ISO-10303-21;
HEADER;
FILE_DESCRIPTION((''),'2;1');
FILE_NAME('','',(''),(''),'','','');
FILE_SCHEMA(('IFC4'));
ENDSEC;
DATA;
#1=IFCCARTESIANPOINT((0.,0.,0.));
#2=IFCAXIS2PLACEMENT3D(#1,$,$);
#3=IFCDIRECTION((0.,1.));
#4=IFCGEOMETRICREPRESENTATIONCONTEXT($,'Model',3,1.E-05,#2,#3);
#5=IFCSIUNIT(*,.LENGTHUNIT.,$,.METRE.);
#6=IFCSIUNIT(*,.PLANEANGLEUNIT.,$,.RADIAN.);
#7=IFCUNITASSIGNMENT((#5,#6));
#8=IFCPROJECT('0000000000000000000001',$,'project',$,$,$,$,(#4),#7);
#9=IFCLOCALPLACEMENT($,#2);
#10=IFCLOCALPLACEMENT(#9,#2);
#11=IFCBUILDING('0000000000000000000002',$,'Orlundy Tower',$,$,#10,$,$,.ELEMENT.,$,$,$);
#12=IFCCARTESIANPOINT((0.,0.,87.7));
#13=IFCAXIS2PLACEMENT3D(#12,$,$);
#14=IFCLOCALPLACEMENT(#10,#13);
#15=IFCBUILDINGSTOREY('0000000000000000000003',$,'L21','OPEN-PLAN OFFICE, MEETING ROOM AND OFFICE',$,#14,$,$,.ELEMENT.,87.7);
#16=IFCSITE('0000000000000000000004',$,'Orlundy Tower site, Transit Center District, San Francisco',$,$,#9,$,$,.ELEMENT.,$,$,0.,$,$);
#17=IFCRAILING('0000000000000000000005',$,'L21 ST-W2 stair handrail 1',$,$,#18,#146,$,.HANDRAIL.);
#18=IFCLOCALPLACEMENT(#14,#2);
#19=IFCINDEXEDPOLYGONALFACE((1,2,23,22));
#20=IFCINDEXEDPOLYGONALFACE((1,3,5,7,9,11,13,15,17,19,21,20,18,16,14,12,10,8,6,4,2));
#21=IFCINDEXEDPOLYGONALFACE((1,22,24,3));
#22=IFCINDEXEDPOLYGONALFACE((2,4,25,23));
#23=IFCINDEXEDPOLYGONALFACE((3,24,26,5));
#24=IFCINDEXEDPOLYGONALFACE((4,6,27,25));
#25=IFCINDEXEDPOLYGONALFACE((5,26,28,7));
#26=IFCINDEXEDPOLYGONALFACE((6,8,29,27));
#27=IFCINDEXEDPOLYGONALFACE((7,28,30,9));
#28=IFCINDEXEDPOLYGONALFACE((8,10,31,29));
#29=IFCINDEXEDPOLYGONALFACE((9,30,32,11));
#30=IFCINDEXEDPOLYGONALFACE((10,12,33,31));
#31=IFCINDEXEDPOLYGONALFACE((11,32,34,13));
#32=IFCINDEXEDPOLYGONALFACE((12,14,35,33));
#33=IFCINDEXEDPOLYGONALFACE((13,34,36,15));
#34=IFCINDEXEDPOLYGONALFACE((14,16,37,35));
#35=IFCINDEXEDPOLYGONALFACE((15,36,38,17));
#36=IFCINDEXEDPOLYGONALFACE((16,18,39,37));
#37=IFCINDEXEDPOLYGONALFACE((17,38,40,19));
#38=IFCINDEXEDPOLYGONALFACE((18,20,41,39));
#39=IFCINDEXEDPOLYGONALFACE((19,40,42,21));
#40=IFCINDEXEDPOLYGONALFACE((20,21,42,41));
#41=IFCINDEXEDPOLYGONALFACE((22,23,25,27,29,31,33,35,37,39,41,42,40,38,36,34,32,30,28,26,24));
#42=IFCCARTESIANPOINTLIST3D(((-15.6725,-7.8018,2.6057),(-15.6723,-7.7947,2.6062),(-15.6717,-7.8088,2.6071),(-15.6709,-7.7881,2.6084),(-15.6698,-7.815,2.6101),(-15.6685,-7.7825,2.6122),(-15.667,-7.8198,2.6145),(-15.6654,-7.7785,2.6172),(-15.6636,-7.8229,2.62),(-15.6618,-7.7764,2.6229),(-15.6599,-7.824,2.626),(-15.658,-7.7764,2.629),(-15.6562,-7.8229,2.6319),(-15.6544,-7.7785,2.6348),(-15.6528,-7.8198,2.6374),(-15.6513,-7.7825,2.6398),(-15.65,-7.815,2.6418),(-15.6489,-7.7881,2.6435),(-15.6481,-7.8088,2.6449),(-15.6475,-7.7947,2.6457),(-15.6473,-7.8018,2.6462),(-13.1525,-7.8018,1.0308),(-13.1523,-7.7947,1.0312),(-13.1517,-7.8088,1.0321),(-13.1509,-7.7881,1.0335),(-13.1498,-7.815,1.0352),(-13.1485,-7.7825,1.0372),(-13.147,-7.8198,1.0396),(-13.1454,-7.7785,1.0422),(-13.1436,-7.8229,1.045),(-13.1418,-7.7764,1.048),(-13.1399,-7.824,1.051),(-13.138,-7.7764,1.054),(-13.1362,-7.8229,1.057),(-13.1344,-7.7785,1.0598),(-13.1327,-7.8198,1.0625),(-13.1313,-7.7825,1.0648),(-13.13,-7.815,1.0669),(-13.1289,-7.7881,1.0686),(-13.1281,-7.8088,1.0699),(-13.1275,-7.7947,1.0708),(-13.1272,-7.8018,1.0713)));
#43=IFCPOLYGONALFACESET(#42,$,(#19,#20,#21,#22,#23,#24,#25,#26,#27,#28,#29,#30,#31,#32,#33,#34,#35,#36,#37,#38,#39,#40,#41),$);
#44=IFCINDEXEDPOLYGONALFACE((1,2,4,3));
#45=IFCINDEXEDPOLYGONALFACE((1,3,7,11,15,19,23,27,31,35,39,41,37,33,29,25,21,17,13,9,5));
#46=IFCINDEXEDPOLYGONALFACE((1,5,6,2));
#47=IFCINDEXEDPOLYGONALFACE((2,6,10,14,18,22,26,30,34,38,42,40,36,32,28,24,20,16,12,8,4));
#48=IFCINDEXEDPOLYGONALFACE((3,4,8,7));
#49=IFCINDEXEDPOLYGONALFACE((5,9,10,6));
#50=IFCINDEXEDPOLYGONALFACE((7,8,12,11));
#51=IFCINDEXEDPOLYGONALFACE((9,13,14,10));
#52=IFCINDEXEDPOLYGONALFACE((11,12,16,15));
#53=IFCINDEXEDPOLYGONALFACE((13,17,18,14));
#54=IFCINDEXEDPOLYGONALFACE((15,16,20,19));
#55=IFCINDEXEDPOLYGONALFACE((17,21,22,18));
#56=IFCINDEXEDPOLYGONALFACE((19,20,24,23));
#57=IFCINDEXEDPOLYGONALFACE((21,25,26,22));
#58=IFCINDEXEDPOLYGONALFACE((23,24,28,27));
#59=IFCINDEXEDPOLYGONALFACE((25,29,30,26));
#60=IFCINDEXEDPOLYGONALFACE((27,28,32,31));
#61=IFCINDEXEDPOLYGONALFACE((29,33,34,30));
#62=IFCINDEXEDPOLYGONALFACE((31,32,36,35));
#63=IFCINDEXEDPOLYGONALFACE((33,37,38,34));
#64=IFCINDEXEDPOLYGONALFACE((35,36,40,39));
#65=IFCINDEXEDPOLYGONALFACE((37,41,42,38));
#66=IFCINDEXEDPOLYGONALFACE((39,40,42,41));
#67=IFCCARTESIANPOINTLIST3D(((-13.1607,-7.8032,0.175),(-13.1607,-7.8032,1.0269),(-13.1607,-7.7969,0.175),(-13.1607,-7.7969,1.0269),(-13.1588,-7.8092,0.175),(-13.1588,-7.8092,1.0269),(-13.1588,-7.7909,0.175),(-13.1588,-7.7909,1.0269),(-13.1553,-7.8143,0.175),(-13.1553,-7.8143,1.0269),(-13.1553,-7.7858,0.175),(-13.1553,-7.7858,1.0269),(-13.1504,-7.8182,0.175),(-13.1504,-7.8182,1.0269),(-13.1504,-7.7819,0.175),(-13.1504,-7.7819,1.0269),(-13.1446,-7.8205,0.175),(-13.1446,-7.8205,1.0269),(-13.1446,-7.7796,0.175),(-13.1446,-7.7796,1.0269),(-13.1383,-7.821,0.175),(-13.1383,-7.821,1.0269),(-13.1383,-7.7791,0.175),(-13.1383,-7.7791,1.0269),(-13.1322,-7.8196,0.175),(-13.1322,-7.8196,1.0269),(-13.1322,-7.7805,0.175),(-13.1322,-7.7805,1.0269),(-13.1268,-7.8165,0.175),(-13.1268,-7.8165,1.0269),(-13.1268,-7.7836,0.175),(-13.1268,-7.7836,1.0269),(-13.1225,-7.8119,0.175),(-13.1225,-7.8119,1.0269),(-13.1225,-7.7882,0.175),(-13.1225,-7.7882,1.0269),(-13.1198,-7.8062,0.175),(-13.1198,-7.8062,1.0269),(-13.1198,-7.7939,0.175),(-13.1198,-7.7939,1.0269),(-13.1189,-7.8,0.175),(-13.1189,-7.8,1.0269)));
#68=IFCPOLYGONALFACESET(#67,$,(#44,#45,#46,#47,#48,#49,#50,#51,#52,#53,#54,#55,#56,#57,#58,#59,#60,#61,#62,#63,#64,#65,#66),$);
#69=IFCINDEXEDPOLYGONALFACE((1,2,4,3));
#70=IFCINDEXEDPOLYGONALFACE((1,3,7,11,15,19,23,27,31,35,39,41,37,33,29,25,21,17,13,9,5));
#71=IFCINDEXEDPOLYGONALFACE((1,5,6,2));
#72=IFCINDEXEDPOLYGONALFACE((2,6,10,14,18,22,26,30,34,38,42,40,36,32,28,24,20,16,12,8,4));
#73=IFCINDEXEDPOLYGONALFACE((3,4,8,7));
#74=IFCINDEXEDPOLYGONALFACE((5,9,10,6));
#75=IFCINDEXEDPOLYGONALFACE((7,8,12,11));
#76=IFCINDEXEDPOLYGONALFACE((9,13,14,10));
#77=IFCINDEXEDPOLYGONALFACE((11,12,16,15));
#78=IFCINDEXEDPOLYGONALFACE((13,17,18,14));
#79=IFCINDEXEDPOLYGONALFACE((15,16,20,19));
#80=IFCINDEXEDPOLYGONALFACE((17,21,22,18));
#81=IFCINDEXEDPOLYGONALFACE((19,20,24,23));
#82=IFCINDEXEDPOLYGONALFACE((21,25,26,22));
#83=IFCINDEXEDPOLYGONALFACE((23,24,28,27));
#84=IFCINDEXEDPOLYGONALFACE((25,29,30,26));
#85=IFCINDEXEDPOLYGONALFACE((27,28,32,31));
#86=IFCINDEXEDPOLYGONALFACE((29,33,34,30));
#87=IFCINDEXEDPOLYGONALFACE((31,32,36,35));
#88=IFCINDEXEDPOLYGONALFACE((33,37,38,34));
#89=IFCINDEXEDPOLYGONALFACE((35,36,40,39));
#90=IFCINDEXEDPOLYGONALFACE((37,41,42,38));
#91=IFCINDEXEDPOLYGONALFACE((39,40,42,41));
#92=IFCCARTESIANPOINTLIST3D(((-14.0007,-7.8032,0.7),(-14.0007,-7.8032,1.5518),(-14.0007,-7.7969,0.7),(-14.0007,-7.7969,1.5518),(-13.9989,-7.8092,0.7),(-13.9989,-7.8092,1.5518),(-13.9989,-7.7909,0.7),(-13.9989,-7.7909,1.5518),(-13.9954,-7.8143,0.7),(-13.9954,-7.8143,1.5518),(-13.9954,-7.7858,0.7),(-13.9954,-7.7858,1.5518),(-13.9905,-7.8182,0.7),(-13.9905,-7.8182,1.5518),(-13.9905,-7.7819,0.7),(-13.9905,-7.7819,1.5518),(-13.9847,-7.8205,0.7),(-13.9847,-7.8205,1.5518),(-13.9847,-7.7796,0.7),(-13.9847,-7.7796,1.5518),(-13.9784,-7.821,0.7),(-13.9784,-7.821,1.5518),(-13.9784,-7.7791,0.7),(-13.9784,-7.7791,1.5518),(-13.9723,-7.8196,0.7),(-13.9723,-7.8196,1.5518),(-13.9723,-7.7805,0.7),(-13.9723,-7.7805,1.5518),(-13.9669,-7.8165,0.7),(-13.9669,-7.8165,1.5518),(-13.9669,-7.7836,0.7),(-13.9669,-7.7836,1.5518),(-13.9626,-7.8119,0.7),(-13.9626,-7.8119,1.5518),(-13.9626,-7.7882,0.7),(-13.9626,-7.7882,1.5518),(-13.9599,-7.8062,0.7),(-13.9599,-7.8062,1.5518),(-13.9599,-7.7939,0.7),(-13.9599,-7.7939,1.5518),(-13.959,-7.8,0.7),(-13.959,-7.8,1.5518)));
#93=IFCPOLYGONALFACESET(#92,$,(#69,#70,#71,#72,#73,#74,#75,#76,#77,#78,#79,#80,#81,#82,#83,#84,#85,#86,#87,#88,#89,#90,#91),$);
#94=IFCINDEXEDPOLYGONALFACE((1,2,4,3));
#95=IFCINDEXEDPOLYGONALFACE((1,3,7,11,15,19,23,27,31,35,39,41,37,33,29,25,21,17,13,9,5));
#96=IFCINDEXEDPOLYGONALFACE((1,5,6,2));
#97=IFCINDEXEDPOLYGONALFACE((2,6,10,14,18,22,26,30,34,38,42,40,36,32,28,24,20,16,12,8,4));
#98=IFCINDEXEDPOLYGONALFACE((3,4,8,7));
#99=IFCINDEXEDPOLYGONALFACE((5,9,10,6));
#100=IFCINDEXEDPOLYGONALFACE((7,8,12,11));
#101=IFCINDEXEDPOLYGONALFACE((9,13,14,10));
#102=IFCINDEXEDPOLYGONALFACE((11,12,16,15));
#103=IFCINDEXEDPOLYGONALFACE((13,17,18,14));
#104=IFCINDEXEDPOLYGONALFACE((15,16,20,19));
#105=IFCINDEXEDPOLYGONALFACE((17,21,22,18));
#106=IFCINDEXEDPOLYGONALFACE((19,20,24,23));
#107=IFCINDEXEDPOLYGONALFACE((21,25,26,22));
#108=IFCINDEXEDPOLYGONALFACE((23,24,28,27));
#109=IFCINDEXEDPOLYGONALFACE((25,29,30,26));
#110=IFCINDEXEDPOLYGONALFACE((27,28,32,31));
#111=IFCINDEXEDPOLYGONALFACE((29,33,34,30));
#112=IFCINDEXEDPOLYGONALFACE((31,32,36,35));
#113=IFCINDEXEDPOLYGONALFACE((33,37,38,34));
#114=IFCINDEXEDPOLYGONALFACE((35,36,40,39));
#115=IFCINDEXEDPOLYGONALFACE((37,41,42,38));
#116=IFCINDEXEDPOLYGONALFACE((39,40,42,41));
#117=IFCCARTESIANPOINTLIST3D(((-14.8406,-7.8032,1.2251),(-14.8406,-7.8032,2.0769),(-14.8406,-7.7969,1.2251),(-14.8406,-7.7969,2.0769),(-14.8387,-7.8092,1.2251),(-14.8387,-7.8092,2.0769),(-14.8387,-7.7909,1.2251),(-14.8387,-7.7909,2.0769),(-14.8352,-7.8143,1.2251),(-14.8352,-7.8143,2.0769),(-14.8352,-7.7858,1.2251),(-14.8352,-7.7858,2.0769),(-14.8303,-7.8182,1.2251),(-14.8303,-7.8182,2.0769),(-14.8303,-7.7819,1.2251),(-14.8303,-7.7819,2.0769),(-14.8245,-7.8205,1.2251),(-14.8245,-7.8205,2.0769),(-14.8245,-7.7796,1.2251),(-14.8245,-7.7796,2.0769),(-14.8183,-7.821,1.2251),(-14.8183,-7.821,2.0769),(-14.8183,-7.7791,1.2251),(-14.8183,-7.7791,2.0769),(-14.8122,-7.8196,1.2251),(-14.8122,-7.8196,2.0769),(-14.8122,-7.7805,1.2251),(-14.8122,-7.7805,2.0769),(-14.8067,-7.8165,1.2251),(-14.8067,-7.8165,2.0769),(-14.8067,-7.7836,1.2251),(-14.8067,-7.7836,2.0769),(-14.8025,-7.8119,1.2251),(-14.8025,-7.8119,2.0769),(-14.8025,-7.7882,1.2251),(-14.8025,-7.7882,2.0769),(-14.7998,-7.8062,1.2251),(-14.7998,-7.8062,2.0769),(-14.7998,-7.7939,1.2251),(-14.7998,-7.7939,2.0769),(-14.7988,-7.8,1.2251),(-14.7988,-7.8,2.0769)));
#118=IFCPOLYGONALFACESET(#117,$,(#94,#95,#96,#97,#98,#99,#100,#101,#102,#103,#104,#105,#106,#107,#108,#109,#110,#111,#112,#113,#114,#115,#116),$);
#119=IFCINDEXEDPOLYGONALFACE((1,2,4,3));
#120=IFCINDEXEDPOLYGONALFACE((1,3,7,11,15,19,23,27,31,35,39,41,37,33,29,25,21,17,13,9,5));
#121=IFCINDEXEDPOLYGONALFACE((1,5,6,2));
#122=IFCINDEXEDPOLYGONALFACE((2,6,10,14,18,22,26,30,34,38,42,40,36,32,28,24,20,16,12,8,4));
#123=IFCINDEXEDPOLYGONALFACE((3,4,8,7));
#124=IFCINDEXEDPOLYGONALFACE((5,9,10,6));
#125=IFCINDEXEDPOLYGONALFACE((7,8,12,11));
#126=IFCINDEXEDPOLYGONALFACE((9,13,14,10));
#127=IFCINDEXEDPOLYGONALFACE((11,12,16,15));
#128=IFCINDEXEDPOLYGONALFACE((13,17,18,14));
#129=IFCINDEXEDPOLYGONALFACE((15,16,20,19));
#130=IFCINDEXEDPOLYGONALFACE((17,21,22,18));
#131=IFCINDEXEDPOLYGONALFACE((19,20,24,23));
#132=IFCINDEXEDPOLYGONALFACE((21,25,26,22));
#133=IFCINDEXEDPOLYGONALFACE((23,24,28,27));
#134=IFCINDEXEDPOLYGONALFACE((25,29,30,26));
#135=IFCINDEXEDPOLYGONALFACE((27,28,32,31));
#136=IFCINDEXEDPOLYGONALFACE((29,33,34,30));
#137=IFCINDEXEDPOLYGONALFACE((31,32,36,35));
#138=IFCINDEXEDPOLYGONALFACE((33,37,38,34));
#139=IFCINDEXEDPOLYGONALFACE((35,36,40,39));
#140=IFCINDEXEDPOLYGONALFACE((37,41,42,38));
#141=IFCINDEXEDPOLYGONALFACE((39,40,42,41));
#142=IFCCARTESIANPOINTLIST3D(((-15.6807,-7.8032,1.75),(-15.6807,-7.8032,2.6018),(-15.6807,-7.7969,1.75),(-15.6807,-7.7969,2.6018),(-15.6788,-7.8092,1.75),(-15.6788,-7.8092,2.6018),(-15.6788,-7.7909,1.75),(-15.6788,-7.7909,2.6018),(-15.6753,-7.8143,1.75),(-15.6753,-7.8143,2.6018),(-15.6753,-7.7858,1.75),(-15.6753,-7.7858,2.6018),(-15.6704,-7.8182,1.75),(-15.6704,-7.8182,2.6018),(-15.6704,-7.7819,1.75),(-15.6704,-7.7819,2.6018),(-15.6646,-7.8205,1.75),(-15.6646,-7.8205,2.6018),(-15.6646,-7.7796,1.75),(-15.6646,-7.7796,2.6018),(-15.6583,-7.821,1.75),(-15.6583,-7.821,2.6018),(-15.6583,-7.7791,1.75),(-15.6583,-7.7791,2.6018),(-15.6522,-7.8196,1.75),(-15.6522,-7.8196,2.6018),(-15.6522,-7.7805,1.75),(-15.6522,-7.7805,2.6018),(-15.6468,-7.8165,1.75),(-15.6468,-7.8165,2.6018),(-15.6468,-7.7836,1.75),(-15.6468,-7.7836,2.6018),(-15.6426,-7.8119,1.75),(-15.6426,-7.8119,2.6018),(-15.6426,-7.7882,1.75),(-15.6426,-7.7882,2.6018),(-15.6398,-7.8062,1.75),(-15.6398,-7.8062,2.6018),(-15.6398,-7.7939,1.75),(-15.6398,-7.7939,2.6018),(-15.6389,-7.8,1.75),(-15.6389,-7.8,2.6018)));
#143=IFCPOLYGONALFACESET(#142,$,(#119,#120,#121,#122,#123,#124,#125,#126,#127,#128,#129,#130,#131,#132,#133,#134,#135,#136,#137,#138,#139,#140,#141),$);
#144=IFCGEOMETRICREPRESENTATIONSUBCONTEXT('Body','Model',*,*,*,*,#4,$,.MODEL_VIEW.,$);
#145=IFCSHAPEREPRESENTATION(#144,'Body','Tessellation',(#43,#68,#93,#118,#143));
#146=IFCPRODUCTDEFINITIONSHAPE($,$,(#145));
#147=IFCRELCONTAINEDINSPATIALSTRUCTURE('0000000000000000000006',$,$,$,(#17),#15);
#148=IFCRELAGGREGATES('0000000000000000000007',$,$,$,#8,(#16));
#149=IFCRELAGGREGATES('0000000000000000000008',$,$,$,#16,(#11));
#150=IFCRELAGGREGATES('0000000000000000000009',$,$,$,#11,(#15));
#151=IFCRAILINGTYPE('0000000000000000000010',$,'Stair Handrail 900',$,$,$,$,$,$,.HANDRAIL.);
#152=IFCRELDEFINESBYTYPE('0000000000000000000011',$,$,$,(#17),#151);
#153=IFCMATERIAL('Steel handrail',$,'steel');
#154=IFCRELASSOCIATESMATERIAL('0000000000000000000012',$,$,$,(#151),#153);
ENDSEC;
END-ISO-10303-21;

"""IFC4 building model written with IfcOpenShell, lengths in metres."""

from ifc_helpers import new_model, si_unit, direction, frame, origin, origin_2d, place, context, subcontext, project, spatial, circle, extrude, material, type_object, element, save


model = new_model("IFC4")

# Units and contexts
model_context = context("Model", 3, precision=1e-05, world=origin(), true_north=direction((0.0, 1.0)))
body_context = subcontext(model_context, "Body", "Model", "MODEL_VIEW")
ifc_project = project(units=[si_unit("LENGTHUNIT", "METRE"), si_unit("PLANEANGLEUNIT", "RADIAN")], contexts=[model_context])

# Site, building, storey
site_placement = place(None, origin())
site = spatial("IfcSite", under=ifc_project, at=site_placement, Name="Orlundy Tower site, Transit Center District, San Francisco", CompositionType="ELEMENT", RefElevation=0.0)
building_placement = place(site_placement, origin())
building = spatial("IfcBuilding", under=site, at=building_placement, Name="Orlundy Tower", CompositionType="ELEMENT")
storey_placement = place(building_placement, frame((0.0, 0.0, 87.7)))
storey = spatial("IfcBuildingStorey", under=building, at=storey_placement, Name="L21", Description="OPEN-PLAN OFFICE, MEETING ROOM AND OFFICE", CompositionType="ELEMENT", Elevation=87.7)

# Railing
ifc_material_1 = material(Name="Steel handrail", Category="steel")
railing_type_1 = type_object("IfcRailingType", Name="Stair Handrail 900", PredefinedType="HANDRAIL", material=ifc_material_1)
railing_1_placement = place(storey_placement, frame((-13.1399, -7.8, 0.175)))
element("IfcRailing", 1, at=railing_1_placement, inside=storey, type_object=railing_type_1, Name="L21 ST-W2 stair handrail 1", PredefinedType="HANDRAIL", context=body_context, shape_type="SweptSolid", body=[
    extrude(circle(Radius=0.0239, at=origin_2d()), frame((0.0, 0.0, 0.876), z_axis=(-0.848008, 0.0, 0.529984), x_axis=(0.0, -1.0, 0.0)), (0.0, 0.0, 1.0), 2.9717),
    extrude(circle(Radius=0.021, at=origin_2d()), origin(), (0.0, 0.0, 1.0), 0.8518),
    extrude(circle(Radius=0.021, at=origin_2d()), frame((-0.8401, 0.0, 0.5249)), (0.0, 0.0, 1.0), 0.8518),
    extrude(circle(Radius=0.021, at=origin_2d()), frame((-1.6799, 0.0, 1.05)), (0.0, 0.0, 1.0), 0.8518),
    extrude(circle(Radius=0.021, at=origin_2d()), frame((-2.52, 0.0, 1.575)), (0.0, 0.0, 1.0), 0.8518),
])

save(model, "model.ifc")
